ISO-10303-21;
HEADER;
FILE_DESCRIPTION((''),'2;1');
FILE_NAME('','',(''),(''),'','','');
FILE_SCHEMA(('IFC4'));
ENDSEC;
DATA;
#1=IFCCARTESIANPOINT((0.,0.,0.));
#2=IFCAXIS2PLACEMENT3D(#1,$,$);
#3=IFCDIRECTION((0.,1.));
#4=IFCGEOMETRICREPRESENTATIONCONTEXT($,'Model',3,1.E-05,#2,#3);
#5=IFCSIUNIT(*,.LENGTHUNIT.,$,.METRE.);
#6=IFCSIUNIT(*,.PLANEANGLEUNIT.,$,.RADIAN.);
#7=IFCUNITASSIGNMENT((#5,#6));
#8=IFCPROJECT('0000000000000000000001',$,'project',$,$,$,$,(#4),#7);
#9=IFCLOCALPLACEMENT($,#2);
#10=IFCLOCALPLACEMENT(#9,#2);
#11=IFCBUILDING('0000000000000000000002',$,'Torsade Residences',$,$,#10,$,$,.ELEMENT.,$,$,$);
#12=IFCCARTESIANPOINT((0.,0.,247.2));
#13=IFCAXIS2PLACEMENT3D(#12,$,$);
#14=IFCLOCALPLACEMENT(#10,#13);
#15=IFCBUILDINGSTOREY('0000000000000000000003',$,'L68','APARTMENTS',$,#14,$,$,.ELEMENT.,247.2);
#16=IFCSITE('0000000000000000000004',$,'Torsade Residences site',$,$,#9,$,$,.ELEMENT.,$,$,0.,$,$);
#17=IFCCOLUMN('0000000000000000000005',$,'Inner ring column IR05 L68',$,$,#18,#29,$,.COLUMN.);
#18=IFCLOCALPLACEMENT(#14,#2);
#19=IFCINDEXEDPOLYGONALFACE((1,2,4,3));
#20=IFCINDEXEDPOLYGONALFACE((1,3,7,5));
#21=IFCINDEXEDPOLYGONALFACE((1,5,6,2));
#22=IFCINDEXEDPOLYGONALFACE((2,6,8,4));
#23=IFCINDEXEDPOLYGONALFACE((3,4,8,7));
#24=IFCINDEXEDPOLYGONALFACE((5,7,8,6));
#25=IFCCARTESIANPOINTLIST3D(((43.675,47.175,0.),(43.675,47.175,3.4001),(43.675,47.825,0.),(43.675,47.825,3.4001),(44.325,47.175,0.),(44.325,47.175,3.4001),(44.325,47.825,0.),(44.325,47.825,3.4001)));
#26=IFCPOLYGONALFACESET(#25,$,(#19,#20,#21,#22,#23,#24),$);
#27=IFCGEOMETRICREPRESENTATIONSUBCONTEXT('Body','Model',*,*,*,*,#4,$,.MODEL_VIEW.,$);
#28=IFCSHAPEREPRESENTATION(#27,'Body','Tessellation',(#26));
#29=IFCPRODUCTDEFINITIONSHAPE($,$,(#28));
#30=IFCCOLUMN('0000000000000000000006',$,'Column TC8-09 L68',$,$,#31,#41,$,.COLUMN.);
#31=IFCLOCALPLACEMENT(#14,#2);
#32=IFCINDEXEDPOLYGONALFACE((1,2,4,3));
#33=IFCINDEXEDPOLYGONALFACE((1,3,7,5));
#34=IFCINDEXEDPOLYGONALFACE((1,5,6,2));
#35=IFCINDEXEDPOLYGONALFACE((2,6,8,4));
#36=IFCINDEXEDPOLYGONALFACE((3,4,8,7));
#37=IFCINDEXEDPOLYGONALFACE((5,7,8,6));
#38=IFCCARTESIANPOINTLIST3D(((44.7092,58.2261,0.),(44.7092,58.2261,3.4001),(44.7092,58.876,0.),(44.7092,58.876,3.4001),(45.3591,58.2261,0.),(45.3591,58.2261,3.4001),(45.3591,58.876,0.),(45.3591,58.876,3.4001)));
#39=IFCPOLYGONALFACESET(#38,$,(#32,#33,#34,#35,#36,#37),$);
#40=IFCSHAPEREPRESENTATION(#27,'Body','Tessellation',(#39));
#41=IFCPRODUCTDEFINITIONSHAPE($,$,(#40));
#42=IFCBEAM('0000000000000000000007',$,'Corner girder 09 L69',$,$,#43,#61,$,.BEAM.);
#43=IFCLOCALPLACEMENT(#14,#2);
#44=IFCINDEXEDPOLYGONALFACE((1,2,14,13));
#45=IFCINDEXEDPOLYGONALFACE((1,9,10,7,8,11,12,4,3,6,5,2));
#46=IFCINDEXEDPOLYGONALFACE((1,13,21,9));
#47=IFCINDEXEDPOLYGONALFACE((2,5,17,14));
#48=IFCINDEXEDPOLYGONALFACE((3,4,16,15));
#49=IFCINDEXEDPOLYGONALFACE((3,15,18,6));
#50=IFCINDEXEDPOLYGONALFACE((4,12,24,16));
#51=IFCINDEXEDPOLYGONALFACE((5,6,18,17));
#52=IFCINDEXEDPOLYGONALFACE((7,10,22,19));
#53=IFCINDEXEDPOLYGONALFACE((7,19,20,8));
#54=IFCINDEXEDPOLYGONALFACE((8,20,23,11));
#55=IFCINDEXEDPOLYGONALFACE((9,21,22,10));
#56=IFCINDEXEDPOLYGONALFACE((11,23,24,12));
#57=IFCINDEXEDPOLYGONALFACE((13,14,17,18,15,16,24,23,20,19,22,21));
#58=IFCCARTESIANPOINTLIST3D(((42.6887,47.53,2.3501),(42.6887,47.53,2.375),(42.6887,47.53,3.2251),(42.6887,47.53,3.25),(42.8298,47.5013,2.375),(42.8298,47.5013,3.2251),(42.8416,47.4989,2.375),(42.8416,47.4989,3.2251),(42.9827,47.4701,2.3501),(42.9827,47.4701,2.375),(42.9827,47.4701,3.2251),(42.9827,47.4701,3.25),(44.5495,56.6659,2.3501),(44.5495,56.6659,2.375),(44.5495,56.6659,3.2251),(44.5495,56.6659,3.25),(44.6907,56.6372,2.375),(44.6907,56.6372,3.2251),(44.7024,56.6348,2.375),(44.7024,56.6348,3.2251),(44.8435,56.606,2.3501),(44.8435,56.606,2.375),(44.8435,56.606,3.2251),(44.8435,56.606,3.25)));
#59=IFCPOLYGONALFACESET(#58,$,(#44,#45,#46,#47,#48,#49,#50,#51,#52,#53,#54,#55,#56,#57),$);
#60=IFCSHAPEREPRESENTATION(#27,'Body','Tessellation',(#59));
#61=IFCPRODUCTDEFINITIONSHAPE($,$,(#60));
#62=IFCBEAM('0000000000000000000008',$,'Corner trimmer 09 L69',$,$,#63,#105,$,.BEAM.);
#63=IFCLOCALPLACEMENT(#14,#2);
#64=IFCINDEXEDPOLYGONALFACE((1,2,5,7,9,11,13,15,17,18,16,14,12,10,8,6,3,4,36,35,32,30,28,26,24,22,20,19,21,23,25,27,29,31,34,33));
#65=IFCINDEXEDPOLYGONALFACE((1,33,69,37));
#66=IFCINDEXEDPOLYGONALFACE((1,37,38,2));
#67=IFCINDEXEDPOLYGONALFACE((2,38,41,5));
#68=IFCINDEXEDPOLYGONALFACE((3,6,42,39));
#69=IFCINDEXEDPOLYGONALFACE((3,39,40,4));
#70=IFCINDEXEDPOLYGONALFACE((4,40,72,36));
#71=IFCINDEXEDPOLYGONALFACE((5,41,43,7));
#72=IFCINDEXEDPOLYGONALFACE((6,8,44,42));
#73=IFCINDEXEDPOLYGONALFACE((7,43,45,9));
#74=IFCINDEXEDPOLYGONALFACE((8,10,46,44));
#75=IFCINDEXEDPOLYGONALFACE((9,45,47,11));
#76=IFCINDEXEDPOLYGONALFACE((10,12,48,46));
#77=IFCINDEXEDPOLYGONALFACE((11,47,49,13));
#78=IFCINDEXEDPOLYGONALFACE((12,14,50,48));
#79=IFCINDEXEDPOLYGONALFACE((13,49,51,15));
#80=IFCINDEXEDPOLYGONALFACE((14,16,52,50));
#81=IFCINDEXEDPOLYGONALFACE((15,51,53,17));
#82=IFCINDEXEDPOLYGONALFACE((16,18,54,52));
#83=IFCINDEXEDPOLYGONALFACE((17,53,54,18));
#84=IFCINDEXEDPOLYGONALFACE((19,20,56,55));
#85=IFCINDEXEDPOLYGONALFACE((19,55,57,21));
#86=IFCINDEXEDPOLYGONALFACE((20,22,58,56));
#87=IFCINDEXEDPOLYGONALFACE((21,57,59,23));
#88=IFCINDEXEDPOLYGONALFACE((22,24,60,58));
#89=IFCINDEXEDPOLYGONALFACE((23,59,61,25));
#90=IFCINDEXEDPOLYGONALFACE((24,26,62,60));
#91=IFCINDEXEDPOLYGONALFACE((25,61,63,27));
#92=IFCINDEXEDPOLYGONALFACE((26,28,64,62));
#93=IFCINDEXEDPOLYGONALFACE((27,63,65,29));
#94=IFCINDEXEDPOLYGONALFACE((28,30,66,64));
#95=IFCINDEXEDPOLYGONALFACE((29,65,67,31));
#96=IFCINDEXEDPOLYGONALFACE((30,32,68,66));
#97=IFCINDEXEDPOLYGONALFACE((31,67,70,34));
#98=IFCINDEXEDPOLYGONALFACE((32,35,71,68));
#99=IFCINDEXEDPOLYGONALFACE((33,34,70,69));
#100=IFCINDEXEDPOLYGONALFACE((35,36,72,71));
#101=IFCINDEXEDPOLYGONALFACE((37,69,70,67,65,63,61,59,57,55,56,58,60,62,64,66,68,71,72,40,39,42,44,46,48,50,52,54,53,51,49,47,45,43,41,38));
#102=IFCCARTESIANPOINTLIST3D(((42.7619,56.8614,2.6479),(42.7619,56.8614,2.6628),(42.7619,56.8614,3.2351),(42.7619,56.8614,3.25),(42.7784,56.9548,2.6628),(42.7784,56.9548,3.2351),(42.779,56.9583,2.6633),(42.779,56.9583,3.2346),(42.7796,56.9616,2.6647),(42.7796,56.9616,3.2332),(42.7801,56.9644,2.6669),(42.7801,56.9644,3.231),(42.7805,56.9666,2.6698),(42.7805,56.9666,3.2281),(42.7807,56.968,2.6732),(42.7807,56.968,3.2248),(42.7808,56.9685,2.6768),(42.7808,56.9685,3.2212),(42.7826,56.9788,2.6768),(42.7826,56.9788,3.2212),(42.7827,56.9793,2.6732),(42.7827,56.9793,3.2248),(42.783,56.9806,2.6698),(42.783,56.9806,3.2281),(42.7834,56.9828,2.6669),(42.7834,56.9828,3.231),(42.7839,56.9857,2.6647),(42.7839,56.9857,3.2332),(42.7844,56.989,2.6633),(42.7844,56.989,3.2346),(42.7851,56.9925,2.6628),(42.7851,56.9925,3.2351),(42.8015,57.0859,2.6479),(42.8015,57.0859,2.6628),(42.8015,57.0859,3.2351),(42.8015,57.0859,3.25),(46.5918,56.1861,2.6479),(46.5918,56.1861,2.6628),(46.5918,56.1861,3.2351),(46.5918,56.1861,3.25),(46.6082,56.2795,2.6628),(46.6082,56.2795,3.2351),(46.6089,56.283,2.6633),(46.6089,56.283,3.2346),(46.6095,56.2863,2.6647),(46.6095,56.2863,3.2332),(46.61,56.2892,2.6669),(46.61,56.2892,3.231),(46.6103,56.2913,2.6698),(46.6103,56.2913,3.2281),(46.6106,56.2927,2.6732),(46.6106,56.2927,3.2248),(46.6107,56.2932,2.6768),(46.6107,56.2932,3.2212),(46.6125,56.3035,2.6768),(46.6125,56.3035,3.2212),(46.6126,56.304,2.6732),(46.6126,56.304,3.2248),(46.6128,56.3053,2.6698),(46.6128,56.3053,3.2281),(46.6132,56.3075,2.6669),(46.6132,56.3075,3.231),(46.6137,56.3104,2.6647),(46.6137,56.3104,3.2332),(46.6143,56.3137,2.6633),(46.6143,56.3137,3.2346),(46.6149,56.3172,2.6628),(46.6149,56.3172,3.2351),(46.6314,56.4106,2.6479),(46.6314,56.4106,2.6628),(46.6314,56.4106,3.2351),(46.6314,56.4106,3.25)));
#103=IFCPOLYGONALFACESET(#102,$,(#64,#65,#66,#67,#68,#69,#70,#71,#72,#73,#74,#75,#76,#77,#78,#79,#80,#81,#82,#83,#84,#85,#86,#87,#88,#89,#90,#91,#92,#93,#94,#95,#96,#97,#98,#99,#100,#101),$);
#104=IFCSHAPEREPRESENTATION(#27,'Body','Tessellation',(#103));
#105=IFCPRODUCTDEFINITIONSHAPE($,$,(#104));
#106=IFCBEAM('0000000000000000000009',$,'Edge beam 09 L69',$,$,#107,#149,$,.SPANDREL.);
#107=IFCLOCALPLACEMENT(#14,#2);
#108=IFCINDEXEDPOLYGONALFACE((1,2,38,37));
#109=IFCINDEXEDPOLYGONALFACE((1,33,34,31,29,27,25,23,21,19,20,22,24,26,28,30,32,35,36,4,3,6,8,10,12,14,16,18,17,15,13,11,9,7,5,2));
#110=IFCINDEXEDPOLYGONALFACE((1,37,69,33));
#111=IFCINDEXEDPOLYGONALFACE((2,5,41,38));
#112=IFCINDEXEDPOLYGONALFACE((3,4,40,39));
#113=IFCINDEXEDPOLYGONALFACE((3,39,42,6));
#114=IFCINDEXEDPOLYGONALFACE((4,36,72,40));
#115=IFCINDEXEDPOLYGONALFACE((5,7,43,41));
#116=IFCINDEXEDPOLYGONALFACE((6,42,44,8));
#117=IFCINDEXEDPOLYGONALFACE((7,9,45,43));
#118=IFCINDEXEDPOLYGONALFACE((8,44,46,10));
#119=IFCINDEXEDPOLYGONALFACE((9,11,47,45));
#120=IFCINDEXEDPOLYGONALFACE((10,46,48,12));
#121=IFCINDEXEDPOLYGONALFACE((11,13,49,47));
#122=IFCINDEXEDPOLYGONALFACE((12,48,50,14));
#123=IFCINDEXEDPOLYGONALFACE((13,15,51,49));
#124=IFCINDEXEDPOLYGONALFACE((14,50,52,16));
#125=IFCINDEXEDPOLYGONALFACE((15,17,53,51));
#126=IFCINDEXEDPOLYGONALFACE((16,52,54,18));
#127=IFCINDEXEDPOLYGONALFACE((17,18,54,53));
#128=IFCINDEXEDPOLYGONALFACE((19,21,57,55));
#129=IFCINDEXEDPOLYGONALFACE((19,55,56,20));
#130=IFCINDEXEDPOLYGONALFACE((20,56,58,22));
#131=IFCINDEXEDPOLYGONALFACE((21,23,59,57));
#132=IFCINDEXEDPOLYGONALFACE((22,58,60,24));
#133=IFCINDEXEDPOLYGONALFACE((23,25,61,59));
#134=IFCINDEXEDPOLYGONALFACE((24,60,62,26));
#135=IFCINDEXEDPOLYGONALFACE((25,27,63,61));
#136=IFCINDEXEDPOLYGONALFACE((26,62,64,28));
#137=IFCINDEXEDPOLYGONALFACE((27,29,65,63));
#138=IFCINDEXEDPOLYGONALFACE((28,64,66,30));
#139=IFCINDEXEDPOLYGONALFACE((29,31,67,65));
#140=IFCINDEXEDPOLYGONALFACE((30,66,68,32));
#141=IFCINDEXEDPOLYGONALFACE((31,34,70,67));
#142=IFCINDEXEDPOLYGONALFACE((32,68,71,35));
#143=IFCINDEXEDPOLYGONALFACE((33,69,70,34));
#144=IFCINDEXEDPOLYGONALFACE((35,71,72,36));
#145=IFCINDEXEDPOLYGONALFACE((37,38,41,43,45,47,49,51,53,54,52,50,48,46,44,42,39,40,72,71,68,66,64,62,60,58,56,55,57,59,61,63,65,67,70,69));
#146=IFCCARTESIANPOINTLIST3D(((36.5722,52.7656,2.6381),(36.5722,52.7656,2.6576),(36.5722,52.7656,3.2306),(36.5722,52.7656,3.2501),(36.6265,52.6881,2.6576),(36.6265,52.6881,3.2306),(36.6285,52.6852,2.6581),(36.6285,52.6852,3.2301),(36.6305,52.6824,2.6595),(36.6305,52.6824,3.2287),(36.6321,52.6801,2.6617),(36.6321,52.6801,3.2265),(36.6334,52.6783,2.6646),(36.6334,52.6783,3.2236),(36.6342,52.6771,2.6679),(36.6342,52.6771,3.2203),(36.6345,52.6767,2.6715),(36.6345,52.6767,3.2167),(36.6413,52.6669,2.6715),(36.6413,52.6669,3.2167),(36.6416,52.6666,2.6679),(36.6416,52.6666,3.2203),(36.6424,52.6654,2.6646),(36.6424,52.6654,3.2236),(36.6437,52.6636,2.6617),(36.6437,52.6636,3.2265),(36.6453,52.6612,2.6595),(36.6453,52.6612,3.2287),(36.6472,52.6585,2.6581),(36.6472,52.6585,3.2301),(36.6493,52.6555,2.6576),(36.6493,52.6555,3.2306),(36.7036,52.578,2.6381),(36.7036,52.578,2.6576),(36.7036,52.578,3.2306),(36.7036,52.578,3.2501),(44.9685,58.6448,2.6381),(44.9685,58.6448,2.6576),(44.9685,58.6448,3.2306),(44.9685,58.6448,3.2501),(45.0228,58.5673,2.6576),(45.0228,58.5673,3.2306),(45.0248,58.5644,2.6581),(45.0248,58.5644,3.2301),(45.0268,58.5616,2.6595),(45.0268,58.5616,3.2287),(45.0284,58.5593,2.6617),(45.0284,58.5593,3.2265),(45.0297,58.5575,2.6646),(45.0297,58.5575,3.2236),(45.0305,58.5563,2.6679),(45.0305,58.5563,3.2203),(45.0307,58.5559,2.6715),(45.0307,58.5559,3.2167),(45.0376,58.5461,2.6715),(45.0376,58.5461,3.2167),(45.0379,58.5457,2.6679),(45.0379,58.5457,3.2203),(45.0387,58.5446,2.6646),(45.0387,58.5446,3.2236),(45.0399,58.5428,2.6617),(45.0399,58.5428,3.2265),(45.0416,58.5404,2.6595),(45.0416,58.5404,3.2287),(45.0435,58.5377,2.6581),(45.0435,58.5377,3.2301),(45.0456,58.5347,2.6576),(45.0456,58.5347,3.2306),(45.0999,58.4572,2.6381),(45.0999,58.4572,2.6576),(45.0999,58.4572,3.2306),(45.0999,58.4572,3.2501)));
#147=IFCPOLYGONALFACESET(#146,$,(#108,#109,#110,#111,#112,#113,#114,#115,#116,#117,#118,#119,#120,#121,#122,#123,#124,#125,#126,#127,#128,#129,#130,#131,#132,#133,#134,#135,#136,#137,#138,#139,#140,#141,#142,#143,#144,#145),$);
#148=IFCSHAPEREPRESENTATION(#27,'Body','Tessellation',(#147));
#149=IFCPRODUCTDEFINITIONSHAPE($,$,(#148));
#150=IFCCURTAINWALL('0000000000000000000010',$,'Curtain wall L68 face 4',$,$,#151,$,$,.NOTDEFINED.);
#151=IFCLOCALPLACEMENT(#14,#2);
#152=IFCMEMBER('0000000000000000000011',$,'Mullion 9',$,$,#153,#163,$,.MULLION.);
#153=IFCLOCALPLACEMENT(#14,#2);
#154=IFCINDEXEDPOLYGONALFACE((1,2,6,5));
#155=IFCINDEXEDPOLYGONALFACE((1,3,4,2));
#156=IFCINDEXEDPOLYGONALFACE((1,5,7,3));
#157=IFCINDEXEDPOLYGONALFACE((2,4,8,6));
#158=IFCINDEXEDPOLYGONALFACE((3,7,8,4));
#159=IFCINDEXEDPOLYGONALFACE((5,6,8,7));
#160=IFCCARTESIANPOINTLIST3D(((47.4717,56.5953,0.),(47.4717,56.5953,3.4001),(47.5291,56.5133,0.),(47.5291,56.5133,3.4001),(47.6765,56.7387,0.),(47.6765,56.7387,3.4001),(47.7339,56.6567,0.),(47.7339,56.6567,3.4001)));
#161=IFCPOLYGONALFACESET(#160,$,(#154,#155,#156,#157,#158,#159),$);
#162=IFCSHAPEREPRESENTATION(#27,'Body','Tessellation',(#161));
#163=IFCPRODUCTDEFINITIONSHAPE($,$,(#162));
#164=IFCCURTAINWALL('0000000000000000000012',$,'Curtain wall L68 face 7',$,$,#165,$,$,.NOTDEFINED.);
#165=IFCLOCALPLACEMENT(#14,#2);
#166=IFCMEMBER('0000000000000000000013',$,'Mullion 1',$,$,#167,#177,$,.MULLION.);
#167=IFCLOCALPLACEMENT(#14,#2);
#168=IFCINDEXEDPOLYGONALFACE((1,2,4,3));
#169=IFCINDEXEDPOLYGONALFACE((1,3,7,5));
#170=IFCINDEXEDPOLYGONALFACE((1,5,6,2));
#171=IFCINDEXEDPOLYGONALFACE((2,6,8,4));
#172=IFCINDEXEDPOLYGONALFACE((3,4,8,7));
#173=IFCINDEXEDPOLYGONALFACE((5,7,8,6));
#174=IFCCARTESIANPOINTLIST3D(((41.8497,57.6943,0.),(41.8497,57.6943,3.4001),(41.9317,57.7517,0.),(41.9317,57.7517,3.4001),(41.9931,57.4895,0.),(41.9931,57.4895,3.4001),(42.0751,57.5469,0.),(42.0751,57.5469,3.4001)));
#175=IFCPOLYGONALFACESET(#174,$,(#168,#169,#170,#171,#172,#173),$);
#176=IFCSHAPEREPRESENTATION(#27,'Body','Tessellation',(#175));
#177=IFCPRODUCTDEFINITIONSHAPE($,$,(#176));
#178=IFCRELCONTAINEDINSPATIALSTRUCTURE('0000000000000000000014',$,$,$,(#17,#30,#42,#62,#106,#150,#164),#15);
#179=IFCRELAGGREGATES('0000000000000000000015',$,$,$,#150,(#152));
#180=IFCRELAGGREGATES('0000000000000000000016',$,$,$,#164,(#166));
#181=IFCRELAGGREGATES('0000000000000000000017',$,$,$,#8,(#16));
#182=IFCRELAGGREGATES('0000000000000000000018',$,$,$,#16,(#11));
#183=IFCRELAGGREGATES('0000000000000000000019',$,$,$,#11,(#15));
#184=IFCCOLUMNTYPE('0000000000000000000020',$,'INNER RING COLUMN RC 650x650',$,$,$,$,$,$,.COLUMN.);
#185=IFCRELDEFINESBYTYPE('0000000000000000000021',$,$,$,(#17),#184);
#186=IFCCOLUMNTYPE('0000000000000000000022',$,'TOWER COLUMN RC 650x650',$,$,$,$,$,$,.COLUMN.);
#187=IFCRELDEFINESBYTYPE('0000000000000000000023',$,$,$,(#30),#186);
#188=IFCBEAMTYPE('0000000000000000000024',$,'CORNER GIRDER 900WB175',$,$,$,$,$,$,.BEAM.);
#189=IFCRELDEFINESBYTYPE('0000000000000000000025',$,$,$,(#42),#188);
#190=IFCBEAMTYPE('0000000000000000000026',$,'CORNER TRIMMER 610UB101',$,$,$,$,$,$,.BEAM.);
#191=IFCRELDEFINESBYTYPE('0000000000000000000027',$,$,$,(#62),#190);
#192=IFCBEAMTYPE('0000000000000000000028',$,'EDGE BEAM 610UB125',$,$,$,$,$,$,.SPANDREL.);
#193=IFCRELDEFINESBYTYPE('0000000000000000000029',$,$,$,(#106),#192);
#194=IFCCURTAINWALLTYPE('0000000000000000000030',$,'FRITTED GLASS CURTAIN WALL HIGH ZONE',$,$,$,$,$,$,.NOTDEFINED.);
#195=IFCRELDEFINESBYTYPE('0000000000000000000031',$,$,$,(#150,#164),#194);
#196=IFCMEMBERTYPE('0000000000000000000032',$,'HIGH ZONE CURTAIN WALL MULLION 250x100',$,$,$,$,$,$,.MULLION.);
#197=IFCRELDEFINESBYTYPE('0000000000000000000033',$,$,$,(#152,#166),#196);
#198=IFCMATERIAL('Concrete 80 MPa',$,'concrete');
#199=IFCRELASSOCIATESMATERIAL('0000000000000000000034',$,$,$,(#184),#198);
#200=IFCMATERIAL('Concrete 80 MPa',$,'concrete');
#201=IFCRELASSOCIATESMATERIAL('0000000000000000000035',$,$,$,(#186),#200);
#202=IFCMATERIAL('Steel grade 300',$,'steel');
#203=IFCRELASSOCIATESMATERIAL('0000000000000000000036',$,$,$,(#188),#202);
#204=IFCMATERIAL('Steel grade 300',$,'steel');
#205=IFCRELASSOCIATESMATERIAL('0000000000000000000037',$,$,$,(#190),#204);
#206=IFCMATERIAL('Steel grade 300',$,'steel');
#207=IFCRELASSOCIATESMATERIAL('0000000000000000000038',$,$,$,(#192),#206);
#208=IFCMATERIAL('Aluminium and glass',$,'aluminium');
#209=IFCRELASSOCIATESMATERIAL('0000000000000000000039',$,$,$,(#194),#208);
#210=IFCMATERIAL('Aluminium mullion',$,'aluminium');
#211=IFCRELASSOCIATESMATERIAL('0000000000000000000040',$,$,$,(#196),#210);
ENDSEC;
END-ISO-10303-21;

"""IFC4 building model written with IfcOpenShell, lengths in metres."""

from ifc_helpers import new_model, si_unit, direction, frame, origin, origin_2d, place, context, subcontext, project, spatial, rectangle, i_section, extrude, material, material_profile, profile_set, type_object, element, aggregate, save


model = new_model("IFC4")

# Units and contexts
model_context = context("Model", 3, precision=1e-05, world=origin(), true_north=direction((0.0, 1.0)))
body_context = subcontext(model_context, "Body", "Model", "MODEL_VIEW")
ifc_project = project(units=[si_unit("LENGTHUNIT", "METRE"), si_unit("PLANEANGLEUNIT", "RADIAN")], contexts=[model_context])

# Site, building, storey
site_placement = place(None, origin())
site = spatial("IfcSite", under=ifc_project, at=site_placement, Name="Torsade Residences site", CompositionType="ELEMENT", RefElevation=0.0)
building_placement = place(site_placement, origin())
building = spatial("IfcBuilding", under=site, at=building_placement, Name="Torsade Residences", CompositionType="ELEMENT")
storey_placement = place(building_placement, frame((0.0, 0.0, 247.2)))
storey = spatial("IfcBuildingStorey", under=building, at=storey_placement, Name="L68", Description="APARTMENTS", CompositionType="ELEMENT", Elevation=247.2)

# Columns
ifc_material_1 = material(Name="Concrete 80 MPa", Category="concrete")
ifc_material_profile_1 = material_profile(ifc_material_1, rectangle(XDim=0.6499, YDim=0.6499, at=origin_2d()), Name="RC 650x650")
ifc_profile_set_1 = profile_set([ifc_material_profile_1], Name="Concrete 80 MPa")
column_type_1 = type_object("IfcColumnType", Name="INNER RING COLUMN RC 650x650", PredefinedType="COLUMN", material=ifc_profile_set_1)
column_1_placement = place(storey_placement, frame((44.0, 47.5, 0.0), z_axis=(0.0, 0.0, 1.0), x_axis=(1.0, 0.0, 0.0)))
element("IfcColumn", 1, at=column_1_placement, inside=storey, type_object=column_type_1, Name="Inner ring column IR05 L68", PredefinedType="COLUMN", context=body_context, shape_type="SweptSolid", body=[
    extrude(rectangle(XDim=0.6499, YDim=0.6499, at=origin_2d()), origin(), (0.0, 0.0, 1.0), 3.4001),
])
ifc_material_2 = material(Name="Concrete 80 MPa", Category="concrete")
ifc_material_profile_2 = material_profile(ifc_material_2, rectangle(XDim=0.6499, YDim=0.6499, at=origin_2d()), Name="RC 650x650")
ifc_profile_set_2 = profile_set([ifc_material_profile_2], Name="Concrete 80 MPa")
column_type_2 = type_object("IfcColumnType", Name="TOWER COLUMN RC 650x650", PredefinedType="COLUMN", material=ifc_profile_set_2)
column_2_placement = place(storey_placement, frame((45.0342, 58.551, 0.0), z_axis=(0.0, 0.0, 1.0), x_axis=(1.0, 0.0, 0.0)))
element("IfcColumn", 2, at=column_2_placement, inside=storey, type_object=column_type_2, Name="Column TC8-09 L68", PredefinedType="COLUMN", context=body_context, shape_type="SweptSolid", body=[
    extrude(rectangle(XDim=0.6499, YDim=0.6499, at=origin_2d()), origin(), (0.0, 0.0, 1.0), 3.4001),
])

# Beams
ifc_material_3 = material(Name="Steel grade 300", Category="steel")
ifc_material_profile_3 = material_profile(ifc_material_3, i_section(OverallWidth=0.3, OverallDepth=0.8999, WebThickness=0.012, FlangeThickness=0.0249, at=origin_2d()), Name="900WB175")
ifc_profile_set_3 = profile_set([ifc_material_profile_3], Name="Steel grade 300")
beam_type_1 = type_object("IfcBeamType", Name="CORNER GIRDER 900WB175", PredefinedType="BEAM", material=ifc_profile_set_3)
beam_1_placement = place(storey_placement, frame((44.6965, 56.636, 2.8), z_axis=(-0.199584, -0.979881, 0.0), x_axis=(0.979881, -0.199584, 0.0)))
element("IfcBeam", 3, at=beam_1_placement, inside=storey, type_object=beam_type_1, Name="Corner girder 09 L69", PredefinedType="BEAM", context=body_context, shape_type="SweptSolid", body=[
    extrude(i_section(OverallWidth=0.3, OverallDepth=0.8999, WebThickness=0.012, FlangeThickness=0.0249, at=origin_2d()), origin(), (0.0, 0.0, 1.0), 9.3235),
])
ifc_material_4 = material(Name="Steel grade 300", Category="steel")
ifc_material_profile_4 = material_profile(ifc_material_4, i_section(OverallWidth=0.228, OverallDepth=0.6021, WebThickness=0.0105, FlangeThickness=0.0149, FilletRadius=0.0139, at=origin_2d()), Name="610UB101")
ifc_profile_set_4 = profile_set([ifc_material_profile_4], Name="Steel grade 300")
beam_type_2 = type_object("IfcBeamType", Name="CORNER TRIMMER 610UB101", PredefinedType="BEAM", material=ifc_profile_set_4)
beam_2_placement = place(storey_placement, frame((42.7817, 56.9736, 2.949), z_axis=(0.984808, -0.173646, 0.0), x_axis=(0.173646, 0.984808, 0.0)))
element("IfcBeam", 4, at=beam_2_placement, inside=storey, type_object=beam_type_2, Name="Corner trimmer 09 L69", PredefinedType="BEAM", context=body_context, shape_type="SweptSolid", body=[
    extrude(i_section(OverallWidth=0.228, OverallDepth=0.6021, WebThickness=0.0105, FlangeThickness=0.0149, FilletRadius=0.0139, at=origin_2d()), origin(), (0.0, 0.0, 1.0), 3.8889),
])
ifc_material_5 = material(Name="Steel grade 300", Category="steel")
ifc_material_profile_5 = material_profile(ifc_material_5, i_section(OverallWidth=0.229, OverallDepth=0.6121, WebThickness=0.012, FlangeThickness=0.0195, FilletRadius=0.0139, at=origin_2d()), Name="610UB125")
ifc_profile_set_5 = profile_set([ifc_material_profile_5], Name="Steel grade 300")
beam_type_3 = type_object("IfcBeamType", Name="EDGE BEAM 610UB125", PredefinedType="SPANDREL", material=ifc_profile_set_5)
beam_3_placement = place(storey_placement, frame((45.0342, 58.551, 2.9441), z_axis=(-0.81915, -0.573579, 0.0), x_axis=(0.573579, -0.81915, 0.0)))
element("IfcBeam", 5, at=beam_3_placement, inside=storey, type_object=beam_type_3, Name="Edge beam 09 L69", PredefinedType="SPANDREL", context=body_context, shape_type="SweptSolid", body=[
    extrude(i_section(OverallWidth=0.229, OverallDepth=0.6121, WebThickness=0.012, FlangeThickness=0.0195, FilletRadius=0.0139, at=origin_2d()), origin(), (0.0, 0.0, 1.0), 10.25),
])

# Curtain wall, member
ifc_material_6 = material(Name="Aluminium and glass", Category="aluminium")
curtain_wall_type = type_object("IfcCurtainWallType", Name="FRITTED GLASS CURTAIN WALL HIGH ZONE", PredefinedType="NOTDEFINED", material=ifc_material_6)
curtain_wall_1_placement = place(storey_placement, origin())
curtain_wall_1 = element("IfcCurtainWall", 6, at=curtain_wall_1_placement, inside=storey, type_object=curtain_wall_type, Name="Curtain wall L68 face 4", PredefinedType="NOTDEFINED")
ifc_material_7 = material(Name="Aluminium mullion", Category="aluminium")
ifc_material_profile_6 = material_profile(ifc_material_7, rectangle(XDim=0.25, YDim=0.1001, at=origin_2d()), Name="HIGH ZONE CURTAIN WALL MULLION 250x100")
ifc_profile_set_6 = profile_set([ifc_material_profile_6], Name="Aluminium mullion")
member_type_1 = type_object("IfcMemberType", Name="HIGH ZONE CURTAIN WALL MULLION 250x100", PredefinedType="MULLION", material=ifc_profile_set_6)
member_1_placement = place(storey_placement, frame((47.6028, 56.626, 0.0), z_axis=(0.0, 0.0, 1.0), x_axis=(-0.819152, -0.573576, 0.0)))
member_1 = element("IfcMember", 7, at=member_1_placement, type_object=member_type_1, Name="Mullion 9", PredefinedType="MULLION", context=body_context, shape_type="SweptSolid", body=[
    extrude(rectangle(XDim=0.25, YDim=0.1001, at=origin_2d()), origin(), (0.0, 0.0, 1.0), 3.4001),
])
aggregate(curtain_wall_1, [member_1])

# Curtain wall, member
curtain_wall_2_placement = place(storey_placement, origin())
curtain_wall_2 = element("IfcCurtainWall", 8, at=curtain_wall_2_placement, inside=storey, type_object=curtain_wall_type, Name="Curtain wall L68 face 7", PredefinedType="NOTDEFINED")
member_2_placement = place(storey_placement, frame((41.9624, 57.6206, 0.0), z_axis=(0.0, 0.0, 1.0), x_axis=(0.573576, -0.819152, 0.0)))
member_2 = element("IfcMember", 9, at=member_2_placement, type_object=member_type_1, Name="Mullion 1", PredefinedType="MULLION", context=body_context, shape_type="SweptSolid", body=[
    extrude(rectangle(XDim=0.25, YDim=0.1001, at=origin_2d()), origin(), (0.0, 0.0, 1.0), 3.4001),
])

aggregate(curtain_wall_2, [member_2])

save(model, "model.ifc")
